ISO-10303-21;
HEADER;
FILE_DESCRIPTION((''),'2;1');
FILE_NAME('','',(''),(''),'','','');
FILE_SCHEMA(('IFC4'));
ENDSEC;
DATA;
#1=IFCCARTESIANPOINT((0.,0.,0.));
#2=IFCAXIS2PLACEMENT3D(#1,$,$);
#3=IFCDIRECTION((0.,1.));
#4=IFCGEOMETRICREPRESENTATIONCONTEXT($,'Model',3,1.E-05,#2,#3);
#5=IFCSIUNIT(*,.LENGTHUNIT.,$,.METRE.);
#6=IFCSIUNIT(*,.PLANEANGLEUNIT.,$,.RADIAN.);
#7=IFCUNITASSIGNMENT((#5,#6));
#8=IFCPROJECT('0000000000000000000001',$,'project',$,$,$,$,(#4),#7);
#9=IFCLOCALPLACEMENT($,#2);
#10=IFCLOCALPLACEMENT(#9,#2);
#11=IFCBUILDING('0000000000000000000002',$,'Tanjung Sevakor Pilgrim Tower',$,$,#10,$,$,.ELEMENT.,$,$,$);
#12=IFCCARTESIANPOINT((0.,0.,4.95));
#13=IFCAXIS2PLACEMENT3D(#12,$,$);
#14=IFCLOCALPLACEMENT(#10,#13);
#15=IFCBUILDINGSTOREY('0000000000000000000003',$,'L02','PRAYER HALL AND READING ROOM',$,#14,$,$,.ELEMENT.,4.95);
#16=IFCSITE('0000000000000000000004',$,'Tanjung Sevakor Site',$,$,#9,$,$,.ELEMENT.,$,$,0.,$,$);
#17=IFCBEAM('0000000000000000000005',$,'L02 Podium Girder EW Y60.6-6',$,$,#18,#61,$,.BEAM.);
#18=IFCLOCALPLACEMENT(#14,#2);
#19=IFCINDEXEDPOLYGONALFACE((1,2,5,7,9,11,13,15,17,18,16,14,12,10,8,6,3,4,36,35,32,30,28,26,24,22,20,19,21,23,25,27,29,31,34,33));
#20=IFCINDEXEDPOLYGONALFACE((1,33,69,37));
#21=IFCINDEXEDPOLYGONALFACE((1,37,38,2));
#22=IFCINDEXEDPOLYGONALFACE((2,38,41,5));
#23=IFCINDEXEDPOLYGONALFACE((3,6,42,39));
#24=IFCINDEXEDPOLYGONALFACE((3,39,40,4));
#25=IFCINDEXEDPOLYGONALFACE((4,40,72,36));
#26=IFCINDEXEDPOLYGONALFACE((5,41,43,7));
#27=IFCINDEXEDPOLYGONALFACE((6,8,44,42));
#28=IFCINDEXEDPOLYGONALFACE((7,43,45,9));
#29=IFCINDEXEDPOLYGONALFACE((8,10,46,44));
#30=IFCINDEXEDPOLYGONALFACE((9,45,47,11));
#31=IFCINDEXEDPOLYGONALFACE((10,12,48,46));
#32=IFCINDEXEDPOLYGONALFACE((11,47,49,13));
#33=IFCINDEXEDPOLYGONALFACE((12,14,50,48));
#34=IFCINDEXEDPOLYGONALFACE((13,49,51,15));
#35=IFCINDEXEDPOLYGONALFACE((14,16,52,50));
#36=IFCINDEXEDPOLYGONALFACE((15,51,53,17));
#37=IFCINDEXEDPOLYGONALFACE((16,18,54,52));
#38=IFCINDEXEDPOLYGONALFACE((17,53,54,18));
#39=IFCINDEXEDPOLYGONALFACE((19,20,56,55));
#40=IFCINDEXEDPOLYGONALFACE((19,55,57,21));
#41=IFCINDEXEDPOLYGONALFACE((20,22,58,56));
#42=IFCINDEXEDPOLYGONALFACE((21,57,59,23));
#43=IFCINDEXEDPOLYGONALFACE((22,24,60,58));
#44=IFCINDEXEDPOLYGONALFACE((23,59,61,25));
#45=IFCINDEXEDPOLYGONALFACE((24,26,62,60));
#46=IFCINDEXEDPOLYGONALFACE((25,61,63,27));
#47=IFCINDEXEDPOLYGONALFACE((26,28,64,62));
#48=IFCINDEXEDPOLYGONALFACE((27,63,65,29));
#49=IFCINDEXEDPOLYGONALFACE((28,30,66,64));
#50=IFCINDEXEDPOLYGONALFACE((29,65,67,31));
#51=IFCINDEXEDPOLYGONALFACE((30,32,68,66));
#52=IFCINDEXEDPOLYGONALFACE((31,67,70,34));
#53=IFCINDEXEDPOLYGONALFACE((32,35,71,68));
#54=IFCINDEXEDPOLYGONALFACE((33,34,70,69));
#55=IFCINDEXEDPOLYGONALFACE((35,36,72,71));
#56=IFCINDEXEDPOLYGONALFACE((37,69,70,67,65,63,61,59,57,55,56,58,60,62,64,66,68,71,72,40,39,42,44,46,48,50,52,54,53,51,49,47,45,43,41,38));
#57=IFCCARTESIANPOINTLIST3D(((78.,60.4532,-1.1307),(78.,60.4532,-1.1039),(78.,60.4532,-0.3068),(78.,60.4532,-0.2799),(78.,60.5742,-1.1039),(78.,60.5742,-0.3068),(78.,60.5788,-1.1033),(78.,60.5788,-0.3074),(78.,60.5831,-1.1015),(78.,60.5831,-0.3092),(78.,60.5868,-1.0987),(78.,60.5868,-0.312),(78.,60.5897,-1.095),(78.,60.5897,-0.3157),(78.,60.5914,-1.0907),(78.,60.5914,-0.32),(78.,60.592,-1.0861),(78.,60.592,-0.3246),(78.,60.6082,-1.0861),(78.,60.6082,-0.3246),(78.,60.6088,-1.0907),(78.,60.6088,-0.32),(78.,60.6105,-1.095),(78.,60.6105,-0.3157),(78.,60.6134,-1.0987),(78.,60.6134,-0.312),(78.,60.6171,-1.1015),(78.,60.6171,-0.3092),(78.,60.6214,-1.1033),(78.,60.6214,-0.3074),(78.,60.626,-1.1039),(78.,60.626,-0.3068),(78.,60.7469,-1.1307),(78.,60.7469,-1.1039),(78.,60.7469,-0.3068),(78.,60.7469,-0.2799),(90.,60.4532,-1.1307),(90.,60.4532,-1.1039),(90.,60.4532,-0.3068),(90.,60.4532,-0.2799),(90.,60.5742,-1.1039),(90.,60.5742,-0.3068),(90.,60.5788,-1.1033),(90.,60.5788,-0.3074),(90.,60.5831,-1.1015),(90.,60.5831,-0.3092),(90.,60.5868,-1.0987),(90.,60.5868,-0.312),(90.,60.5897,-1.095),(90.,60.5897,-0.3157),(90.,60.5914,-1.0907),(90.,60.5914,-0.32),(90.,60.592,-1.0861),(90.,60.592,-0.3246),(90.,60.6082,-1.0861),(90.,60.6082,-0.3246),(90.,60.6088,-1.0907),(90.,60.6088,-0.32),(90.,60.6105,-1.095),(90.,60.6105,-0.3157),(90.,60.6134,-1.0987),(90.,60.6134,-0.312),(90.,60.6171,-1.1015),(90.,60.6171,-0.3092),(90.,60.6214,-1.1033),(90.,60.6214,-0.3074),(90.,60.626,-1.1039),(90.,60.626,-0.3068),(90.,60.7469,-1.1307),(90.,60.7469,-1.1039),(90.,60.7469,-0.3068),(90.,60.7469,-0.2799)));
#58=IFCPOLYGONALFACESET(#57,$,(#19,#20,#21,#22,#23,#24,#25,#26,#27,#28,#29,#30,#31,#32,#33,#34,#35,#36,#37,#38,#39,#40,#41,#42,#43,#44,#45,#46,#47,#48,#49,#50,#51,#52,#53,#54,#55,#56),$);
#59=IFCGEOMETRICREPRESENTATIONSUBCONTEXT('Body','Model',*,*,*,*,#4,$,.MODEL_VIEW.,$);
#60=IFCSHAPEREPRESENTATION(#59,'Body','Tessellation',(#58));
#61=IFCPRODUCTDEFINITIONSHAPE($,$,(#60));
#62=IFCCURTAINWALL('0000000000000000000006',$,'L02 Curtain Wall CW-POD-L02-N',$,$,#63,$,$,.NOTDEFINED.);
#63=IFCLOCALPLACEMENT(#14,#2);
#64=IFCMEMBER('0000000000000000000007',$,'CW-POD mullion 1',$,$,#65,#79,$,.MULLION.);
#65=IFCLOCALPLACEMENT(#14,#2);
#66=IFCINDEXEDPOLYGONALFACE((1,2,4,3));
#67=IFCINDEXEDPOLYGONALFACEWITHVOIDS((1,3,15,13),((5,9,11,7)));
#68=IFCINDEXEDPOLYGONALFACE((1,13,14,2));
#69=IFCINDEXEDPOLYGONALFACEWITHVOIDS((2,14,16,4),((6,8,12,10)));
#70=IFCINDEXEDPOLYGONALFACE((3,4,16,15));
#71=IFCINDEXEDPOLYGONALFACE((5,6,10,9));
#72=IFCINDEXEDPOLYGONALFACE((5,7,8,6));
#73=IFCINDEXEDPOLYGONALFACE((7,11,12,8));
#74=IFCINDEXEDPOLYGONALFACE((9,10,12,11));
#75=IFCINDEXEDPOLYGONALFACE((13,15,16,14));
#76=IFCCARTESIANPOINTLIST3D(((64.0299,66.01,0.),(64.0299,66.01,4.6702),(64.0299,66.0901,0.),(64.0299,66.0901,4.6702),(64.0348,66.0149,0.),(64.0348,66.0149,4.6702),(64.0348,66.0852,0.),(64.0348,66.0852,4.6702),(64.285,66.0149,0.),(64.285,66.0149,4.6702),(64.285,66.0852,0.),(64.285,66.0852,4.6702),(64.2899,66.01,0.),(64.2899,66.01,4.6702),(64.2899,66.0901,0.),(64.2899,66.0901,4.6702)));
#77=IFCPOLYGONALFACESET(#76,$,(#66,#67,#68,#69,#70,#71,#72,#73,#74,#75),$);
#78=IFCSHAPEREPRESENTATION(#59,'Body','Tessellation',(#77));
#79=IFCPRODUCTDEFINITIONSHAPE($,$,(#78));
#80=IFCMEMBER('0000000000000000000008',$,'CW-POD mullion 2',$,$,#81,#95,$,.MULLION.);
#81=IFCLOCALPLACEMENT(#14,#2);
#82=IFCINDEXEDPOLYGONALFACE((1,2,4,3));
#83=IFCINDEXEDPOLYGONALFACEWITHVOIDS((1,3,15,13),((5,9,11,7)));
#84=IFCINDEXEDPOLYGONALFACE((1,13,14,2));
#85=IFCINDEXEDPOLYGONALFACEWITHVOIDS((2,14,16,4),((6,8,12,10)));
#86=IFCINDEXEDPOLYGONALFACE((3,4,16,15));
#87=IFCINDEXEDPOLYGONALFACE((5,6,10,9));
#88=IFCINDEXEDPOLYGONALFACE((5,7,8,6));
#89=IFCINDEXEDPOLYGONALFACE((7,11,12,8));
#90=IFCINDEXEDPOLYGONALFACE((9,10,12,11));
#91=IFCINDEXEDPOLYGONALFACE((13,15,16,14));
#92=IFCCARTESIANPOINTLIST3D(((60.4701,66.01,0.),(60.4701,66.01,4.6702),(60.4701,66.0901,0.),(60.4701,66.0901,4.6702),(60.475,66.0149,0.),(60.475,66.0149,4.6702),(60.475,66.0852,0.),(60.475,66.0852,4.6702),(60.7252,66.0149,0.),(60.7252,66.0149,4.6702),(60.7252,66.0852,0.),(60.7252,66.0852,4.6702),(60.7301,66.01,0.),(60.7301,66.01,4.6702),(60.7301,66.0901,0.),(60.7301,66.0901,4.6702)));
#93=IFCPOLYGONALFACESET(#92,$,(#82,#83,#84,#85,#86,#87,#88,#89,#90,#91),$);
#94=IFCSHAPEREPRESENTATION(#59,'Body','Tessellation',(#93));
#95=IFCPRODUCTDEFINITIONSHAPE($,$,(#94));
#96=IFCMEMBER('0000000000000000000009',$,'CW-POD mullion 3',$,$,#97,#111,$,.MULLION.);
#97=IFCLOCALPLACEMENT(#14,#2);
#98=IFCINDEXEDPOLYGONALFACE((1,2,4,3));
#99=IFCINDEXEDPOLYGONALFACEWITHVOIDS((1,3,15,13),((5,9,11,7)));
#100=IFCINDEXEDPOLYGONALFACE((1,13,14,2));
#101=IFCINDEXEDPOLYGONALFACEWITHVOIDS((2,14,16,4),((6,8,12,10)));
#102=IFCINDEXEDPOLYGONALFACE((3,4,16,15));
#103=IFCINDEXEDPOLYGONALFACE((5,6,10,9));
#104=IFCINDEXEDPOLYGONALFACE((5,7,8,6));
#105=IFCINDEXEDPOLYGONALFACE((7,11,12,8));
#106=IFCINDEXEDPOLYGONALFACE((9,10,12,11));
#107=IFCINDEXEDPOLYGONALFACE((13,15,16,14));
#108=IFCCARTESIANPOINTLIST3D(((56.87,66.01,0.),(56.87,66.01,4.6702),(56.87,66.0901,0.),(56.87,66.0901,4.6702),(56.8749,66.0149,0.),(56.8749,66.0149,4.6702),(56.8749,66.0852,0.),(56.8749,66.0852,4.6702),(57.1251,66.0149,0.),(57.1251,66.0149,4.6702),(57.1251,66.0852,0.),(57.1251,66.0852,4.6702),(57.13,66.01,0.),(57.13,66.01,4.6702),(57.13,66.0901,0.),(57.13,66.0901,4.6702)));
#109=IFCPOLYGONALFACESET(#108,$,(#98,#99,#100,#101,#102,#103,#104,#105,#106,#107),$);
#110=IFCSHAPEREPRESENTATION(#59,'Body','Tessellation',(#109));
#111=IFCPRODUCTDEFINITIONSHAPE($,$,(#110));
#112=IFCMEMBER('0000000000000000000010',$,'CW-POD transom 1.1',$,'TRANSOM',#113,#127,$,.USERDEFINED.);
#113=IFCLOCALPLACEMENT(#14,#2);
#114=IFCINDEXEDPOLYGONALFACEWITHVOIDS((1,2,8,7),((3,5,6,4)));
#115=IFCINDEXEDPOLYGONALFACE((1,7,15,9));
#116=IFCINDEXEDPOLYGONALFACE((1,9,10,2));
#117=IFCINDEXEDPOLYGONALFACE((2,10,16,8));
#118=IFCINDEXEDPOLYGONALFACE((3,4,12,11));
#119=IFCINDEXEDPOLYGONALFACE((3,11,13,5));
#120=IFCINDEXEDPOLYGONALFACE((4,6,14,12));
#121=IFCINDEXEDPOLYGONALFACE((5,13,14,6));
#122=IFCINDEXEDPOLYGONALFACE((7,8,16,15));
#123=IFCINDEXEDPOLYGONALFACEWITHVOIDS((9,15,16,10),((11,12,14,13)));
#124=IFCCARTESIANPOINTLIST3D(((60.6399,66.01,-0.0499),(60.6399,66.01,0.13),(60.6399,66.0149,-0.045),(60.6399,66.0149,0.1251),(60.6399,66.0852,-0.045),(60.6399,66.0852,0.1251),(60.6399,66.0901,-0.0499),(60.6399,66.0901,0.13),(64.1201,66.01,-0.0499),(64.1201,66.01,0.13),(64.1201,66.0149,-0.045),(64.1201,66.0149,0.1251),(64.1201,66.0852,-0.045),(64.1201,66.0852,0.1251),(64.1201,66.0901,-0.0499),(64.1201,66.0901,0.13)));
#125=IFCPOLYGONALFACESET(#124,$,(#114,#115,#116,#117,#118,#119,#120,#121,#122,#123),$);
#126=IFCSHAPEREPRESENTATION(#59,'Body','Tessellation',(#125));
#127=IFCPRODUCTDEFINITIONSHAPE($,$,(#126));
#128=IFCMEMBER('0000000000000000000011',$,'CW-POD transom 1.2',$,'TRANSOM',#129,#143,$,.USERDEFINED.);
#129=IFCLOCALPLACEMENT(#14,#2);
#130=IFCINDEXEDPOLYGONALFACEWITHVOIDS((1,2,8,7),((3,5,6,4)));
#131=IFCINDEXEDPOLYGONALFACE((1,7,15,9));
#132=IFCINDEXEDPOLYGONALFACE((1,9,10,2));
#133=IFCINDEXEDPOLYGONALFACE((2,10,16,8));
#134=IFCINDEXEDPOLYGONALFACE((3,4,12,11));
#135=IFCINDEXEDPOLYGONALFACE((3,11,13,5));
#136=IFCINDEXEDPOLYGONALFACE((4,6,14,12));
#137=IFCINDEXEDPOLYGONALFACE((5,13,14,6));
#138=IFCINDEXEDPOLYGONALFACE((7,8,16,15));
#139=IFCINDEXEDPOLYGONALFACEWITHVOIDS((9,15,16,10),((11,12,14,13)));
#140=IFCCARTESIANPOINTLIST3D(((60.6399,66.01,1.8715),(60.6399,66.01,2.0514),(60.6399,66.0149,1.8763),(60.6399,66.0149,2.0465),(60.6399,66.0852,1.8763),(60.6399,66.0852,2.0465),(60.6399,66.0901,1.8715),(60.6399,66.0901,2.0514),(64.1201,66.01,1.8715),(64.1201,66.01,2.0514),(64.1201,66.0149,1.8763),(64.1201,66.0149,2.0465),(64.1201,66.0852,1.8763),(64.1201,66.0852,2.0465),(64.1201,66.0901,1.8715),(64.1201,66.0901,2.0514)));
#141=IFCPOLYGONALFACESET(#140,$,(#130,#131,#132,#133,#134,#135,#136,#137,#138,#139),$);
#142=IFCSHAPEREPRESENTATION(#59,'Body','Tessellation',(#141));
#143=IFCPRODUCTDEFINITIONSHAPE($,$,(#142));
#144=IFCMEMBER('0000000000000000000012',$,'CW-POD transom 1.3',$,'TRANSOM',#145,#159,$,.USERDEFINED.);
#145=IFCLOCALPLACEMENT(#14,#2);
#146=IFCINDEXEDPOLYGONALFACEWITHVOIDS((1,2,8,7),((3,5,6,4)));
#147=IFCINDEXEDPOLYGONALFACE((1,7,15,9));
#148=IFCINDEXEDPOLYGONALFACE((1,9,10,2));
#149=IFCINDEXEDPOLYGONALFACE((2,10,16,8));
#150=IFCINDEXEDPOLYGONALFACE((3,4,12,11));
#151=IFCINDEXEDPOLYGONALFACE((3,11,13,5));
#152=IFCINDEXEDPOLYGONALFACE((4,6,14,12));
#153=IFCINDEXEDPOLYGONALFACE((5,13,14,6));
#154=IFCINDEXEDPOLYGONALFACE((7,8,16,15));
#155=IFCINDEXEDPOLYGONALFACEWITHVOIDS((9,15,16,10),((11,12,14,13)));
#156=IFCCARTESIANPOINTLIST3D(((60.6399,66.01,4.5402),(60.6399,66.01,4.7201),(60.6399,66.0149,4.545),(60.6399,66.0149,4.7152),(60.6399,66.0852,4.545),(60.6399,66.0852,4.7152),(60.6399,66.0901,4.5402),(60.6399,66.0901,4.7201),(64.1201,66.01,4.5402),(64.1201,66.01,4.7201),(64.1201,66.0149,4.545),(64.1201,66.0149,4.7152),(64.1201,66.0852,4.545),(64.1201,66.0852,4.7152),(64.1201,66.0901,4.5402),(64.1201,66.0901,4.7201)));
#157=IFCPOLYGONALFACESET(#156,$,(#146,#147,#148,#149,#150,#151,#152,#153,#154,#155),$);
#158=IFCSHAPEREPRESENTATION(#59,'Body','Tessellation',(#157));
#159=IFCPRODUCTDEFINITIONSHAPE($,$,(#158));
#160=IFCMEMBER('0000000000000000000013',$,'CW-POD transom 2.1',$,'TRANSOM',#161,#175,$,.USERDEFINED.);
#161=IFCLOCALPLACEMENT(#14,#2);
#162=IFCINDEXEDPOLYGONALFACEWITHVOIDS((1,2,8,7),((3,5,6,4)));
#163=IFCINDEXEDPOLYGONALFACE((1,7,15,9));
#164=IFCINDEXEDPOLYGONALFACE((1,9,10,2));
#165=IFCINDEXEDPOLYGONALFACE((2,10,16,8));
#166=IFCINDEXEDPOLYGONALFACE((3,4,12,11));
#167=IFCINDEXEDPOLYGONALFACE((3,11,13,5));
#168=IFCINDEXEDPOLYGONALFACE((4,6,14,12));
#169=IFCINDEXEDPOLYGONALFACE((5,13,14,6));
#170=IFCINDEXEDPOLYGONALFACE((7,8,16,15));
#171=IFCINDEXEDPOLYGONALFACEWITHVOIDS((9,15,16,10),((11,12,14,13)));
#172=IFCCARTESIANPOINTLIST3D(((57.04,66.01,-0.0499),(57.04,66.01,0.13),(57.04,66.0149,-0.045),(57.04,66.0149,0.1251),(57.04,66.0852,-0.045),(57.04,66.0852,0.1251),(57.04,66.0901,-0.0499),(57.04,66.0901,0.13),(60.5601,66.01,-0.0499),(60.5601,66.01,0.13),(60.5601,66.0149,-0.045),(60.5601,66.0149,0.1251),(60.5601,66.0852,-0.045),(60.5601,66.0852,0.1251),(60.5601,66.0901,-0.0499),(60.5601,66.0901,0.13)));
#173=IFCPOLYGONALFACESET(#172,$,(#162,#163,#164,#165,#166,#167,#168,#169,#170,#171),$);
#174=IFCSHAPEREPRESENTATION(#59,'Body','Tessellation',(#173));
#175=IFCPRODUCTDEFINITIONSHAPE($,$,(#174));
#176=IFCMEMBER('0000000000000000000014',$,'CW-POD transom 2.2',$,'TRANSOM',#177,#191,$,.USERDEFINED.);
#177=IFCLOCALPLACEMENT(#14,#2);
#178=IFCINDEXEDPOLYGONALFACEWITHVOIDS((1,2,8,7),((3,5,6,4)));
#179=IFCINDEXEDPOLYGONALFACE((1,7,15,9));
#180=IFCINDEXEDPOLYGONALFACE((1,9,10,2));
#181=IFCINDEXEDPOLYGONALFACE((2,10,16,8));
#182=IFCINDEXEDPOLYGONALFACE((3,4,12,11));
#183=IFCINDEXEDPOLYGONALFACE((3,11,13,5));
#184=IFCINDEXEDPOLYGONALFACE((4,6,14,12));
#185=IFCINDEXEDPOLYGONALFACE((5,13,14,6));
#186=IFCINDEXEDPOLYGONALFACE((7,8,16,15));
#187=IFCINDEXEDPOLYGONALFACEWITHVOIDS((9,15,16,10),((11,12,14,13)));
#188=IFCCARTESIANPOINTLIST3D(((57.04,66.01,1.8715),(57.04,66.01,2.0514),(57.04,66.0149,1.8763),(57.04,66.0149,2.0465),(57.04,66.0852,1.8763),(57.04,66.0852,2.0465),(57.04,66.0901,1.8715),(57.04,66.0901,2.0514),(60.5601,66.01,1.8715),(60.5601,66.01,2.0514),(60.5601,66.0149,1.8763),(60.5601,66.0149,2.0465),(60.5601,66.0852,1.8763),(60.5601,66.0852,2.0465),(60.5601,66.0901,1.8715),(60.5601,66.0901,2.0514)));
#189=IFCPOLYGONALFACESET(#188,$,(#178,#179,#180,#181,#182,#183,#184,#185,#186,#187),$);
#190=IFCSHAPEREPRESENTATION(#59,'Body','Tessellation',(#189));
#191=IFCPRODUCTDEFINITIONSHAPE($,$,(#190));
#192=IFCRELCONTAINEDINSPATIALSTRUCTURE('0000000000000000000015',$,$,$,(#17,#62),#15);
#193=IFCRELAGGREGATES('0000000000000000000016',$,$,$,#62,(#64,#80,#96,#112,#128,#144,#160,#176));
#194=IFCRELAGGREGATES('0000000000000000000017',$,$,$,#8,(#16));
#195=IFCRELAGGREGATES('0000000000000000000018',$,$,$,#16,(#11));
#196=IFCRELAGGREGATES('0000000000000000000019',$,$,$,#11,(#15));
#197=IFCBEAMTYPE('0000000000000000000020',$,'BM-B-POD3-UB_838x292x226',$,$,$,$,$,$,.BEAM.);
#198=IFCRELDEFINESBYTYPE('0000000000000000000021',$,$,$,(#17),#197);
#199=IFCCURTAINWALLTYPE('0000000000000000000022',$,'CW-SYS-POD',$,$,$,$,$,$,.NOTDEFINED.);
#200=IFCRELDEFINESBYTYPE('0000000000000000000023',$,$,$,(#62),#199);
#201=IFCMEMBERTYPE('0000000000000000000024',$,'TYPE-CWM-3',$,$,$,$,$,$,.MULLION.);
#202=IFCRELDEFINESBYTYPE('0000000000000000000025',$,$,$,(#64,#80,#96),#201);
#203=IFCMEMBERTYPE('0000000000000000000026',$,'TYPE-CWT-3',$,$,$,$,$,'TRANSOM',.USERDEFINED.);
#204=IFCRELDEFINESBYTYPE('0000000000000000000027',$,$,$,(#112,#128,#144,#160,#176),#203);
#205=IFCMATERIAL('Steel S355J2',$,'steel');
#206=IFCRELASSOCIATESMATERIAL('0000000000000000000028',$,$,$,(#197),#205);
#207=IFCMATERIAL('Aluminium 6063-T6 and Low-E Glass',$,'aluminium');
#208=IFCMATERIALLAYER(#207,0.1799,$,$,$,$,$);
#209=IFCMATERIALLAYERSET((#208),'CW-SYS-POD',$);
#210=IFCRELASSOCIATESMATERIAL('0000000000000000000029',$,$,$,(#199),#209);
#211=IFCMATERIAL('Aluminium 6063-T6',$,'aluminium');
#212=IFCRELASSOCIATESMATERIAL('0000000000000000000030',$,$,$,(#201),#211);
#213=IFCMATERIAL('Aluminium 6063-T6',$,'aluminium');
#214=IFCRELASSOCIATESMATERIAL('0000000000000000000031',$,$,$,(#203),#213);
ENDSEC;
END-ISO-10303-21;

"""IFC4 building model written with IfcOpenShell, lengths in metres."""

from ifc_helpers import new_model, si_unit, direction, frame, origin, origin_2d, place, context, subcontext, project, spatial, hollow_rectangle, i_section, extrude, material, layer, layer_set, material_profile, profile_set, type_object, element, aggregate, save


model = new_model("IFC4")

# Units and contexts
model_context = context("Model", 3, precision=1e-05, world=origin(), true_north=direction((0.0, 1.0)))
body_context = subcontext(model_context, "Body", "Model", "MODEL_VIEW")
ifc_project = project(units=[si_unit("LENGTHUNIT", "METRE"), si_unit("PLANEANGLEUNIT", "RADIAN")], contexts=[model_context])

# Site, building, storey
site_placement = place(None, origin())
site = spatial("IfcSite", under=ifc_project, at=site_placement, Name="Tanjung Sevakor Site", CompositionType="ELEMENT", RefElevation=0.0)
building_placement = place(site_placement, origin())
building = spatial("IfcBuilding", under=site, at=building_placement, Name="Tanjung Sevakor Pilgrim Tower", CompositionType="ELEMENT")
storey_placement = place(building_placement, frame((0.0, 0.0, 4.95)))
storey = spatial("IfcBuildingStorey", under=building, at=storey_placement, Name="L02", Description="PRAYER HALL AND READING ROOM", CompositionType="ELEMENT", Elevation=4.95)

# Beam
ifc_material_1 = material(Name="Steel S355J2", Category="steel")
ifc_material_profile_1 = material_profile(ifc_material_1, i_section(OverallWidth=0.2937, OverallDepth=0.8508, WebThickness=0.0161, FlangeThickness=0.0269, FilletRadius=0.0178, at=origin_2d()))
ifc_profile_set_1 = profile_set([ifc_material_profile_1], Name="Steel S355J2")
beam_type = type_object("IfcBeamType", Name="BM-B-POD3-UB_838x292x226", PredefinedType="BEAM", material=ifc_profile_set_1)
beam_1_placement = place(storey_placement, frame((78.0, 60.6001, -0.7053), z_axis=(1.0, 0.0, 0.0), x_axis=(0.0, 1.0, 0.0)))
element("IfcBeam", 1, at=beam_1_placement, inside=storey, type_object=beam_type, Name="L02 Podium Girder EW Y60.6-6", PredefinedType="BEAM", context=body_context, shape_type="SweptSolid", body=[
    extrude(i_section(OverallWidth=0.2937, OverallDepth=0.8508, WebThickness=0.0161, FlangeThickness=0.0269, FilletRadius=0.0178, at=origin_2d()), origin(), (0.0, 0.0, 1.0), 12.0),
])

# Curtain wall, members
ifc_material_2 = material(Name="Aluminium 6063-T6 and Low-E Glass", Category="aluminium")
ifc_layer_1 = layer(ifc_material_2, 0.1799)
ifc_layer_set_1 = layer_set([ifc_layer_1], Name="CW-SYS-POD")
curtain_wall_type = type_object("IfcCurtainWallType", Name="CW-SYS-POD", PredefinedType="NOTDEFINED", material=ifc_layer_set_1)
curtain_wall_placement = place(storey_placement, origin())
curtain_wall = element("IfcCurtainWall", 2, at=curtain_wall_placement, inside=storey, type_object=curtain_wall_type, Name="L02 Curtain Wall CW-POD-L02-N", PredefinedType="NOTDEFINED")
ifc_material_3 = material(Name="Aluminium 6063-T6", Category="aluminium")
ifc_material_profile_2 = material_profile(ifc_material_3, hollow_rectangle(XDim=0.0801, YDim=0.26, WallThickness=0.0049, at=origin_2d()))
ifc_profile_set_2 = profile_set([ifc_material_profile_2], Name="Aluminium 6063-T6")
member_type_1 = type_object("IfcMemberType", Name="TYPE-CWM-3", PredefinedType="MULLION", material=ifc_profile_set_2)
member_1_placement = place(storey_placement, frame((64.1599, 66.05, 0.0), z_axis=(0.0, 0.0, 1.0), x_axis=(0.0, -1.0, 0.0)))
member_1 = element("IfcMember", 3, at=member_1_placement, type_object=member_type_1, Name="CW-POD mullion 1", PredefinedType="MULLION", context=body_context, shape_type="SweptSolid", body=[
    extrude(hollow_rectangle(XDim=0.0801, YDim=0.26, WallThickness=0.0049, at=origin_2d()), origin(), (0.0, 0.0, 1.0), 4.6702),
])
member_2_placement = place(storey_placement, frame((60.6001, 66.05, 0.0), z_axis=(0.0, 0.0, 1.0), x_axis=(0.0, -1.0, 0.0)))
member_2 = element("IfcMember", 4, at=member_2_placement, type_object=member_type_1, Name="CW-POD mullion 2", PredefinedType="MULLION", context=body_context, shape_type="SweptSolid", body=[
    extrude(hollow_rectangle(XDim=0.0801, YDim=0.26, WallThickness=0.0049, at=origin_2d()), origin(), (0.0, 0.0, 1.0), 4.6702),
])
member_3_placement = place(storey_placement, frame((57.0, 66.05, 0.0), z_axis=(0.0, 0.0, 1.0), x_axis=(0.0, -1.0, 0.0)))
member_3 = element("IfcMember", 5, at=member_3_placement, type_object=member_type_1, Name="CW-POD mullion 3", PredefinedType="MULLION", context=body_context, shape_type="SweptSolid", body=[
    extrude(hollow_rectangle(XDim=0.0801, YDim=0.26, WallThickness=0.0049, at=origin_2d()), origin(), (0.0, 0.0, 1.0), 4.6702),
])
ifc_material_4 = material(Name="Aluminium 6063-T6", Category="aluminium")
ifc_material_profile_3 = material_profile(ifc_material_4, hollow_rectangle(XDim=0.0801, YDim=0.1799, WallThickness=0.0049, at=origin_2d()))
ifc_profile_set_3 = profile_set([ifc_material_profile_3], Name="Aluminium 6063-T6")
member_type_2 = type_object("IfcMemberType", Name="TYPE-CWT-3", ElementType="TRANSOM", PredefinedType="USERDEFINED", material=ifc_profile_set_3)
member_4_placement = place(storey_placement, frame((64.1201, 66.05, 0.04), z_axis=(-1.0, 0.0, 0.0), x_axis=(0.0, -1.0, 0.0)))
member_4 = element("IfcMember", 6, at=member_4_placement, type_object=member_type_2, Name="CW-POD transom 1.1", ObjectType="TRANSOM", PredefinedType="USERDEFINED", context=body_context, shape_type="SweptSolid", body=[
    extrude(hollow_rectangle(XDim=0.0801, YDim=0.1799, WallThickness=0.0049, at=origin_2d()), origin(), (0.0, 0.0, 1.0), 3.4802),
])
member_5_placement = place(storey_placement, frame((64.1201, 66.05, 1.9614), z_axis=(-1.0, 0.0, 0.0), x_axis=(0.0, -1.0, 0.0)))
member_5 = element("IfcMember", 7, at=member_5_placement, type_object=member_type_2, Name="CW-POD transom 1.2", ObjectType="TRANSOM", PredefinedType="USERDEFINED", context=body_context, shape_type="SweptSolid", body=[
    extrude(hollow_rectangle(XDim=0.0801, YDim=0.1799, WallThickness=0.0049, at=origin_2d()), origin(), (0.0, 0.0, 1.0), 3.4802),
])
member_6_placement = place(storey_placement, frame((64.1201, 66.05, 4.6301), z_axis=(-1.0, 0.0, 0.0), x_axis=(0.0, -1.0, 0.0)))
member_6 = element("IfcMember", 8, at=member_6_placement, type_object=member_type_2, Name="CW-POD transom 1.3", ObjectType="TRANSOM", PredefinedType="USERDEFINED", context=body_context, shape_type="SweptSolid", body=[
    extrude(hollow_rectangle(XDim=0.0801, YDim=0.1799, WallThickness=0.0049, at=origin_2d()), origin(), (0.0, 0.0, 1.0), 3.4802),
])
member_7_placement = place(storey_placement, frame((60.5601, 66.05, 0.04), z_axis=(-1.0, 0.0, 0.0), x_axis=(0.0, -1.0, 0.0)))
member_7 = element("IfcMember", 9, at=member_7_placement, type_object=member_type_2, Name="CW-POD transom 2.1", ObjectType="TRANSOM", PredefinedType="USERDEFINED", context=body_context, shape_type="SweptSolid", body=[
    extrude(hollow_rectangle(XDim=0.0801, YDim=0.1799, WallThickness=0.0049, at=origin_2d()), origin(), (0.0, 0.0, 1.0), 3.52),
])
member_8_placement = place(storey_placement, frame((60.5601, 66.05, 1.9614), z_axis=(-1.0, 0.0, 0.0), x_axis=(0.0, -1.0, 0.0)))
member_8 = element("IfcMember", 10, at=member_8_placement, type_object=member_type_2, Name="CW-POD transom 2.2", ObjectType="TRANSOM", PredefinedType="USERDEFINED", context=body_context, shape_type="SweptSolid", body=[
    extrude(hollow_rectangle(XDim=0.0801, YDim=0.1799, WallThickness=0.0049, at=origin_2d()), origin(), (0.0, 0.0, 1.0), 3.52),
])
aggregate(curtain_wall, [member_1, member_2, member_3, member_4, member_5, member_6, member_7, member_8])

save(model, "model.ifc")
